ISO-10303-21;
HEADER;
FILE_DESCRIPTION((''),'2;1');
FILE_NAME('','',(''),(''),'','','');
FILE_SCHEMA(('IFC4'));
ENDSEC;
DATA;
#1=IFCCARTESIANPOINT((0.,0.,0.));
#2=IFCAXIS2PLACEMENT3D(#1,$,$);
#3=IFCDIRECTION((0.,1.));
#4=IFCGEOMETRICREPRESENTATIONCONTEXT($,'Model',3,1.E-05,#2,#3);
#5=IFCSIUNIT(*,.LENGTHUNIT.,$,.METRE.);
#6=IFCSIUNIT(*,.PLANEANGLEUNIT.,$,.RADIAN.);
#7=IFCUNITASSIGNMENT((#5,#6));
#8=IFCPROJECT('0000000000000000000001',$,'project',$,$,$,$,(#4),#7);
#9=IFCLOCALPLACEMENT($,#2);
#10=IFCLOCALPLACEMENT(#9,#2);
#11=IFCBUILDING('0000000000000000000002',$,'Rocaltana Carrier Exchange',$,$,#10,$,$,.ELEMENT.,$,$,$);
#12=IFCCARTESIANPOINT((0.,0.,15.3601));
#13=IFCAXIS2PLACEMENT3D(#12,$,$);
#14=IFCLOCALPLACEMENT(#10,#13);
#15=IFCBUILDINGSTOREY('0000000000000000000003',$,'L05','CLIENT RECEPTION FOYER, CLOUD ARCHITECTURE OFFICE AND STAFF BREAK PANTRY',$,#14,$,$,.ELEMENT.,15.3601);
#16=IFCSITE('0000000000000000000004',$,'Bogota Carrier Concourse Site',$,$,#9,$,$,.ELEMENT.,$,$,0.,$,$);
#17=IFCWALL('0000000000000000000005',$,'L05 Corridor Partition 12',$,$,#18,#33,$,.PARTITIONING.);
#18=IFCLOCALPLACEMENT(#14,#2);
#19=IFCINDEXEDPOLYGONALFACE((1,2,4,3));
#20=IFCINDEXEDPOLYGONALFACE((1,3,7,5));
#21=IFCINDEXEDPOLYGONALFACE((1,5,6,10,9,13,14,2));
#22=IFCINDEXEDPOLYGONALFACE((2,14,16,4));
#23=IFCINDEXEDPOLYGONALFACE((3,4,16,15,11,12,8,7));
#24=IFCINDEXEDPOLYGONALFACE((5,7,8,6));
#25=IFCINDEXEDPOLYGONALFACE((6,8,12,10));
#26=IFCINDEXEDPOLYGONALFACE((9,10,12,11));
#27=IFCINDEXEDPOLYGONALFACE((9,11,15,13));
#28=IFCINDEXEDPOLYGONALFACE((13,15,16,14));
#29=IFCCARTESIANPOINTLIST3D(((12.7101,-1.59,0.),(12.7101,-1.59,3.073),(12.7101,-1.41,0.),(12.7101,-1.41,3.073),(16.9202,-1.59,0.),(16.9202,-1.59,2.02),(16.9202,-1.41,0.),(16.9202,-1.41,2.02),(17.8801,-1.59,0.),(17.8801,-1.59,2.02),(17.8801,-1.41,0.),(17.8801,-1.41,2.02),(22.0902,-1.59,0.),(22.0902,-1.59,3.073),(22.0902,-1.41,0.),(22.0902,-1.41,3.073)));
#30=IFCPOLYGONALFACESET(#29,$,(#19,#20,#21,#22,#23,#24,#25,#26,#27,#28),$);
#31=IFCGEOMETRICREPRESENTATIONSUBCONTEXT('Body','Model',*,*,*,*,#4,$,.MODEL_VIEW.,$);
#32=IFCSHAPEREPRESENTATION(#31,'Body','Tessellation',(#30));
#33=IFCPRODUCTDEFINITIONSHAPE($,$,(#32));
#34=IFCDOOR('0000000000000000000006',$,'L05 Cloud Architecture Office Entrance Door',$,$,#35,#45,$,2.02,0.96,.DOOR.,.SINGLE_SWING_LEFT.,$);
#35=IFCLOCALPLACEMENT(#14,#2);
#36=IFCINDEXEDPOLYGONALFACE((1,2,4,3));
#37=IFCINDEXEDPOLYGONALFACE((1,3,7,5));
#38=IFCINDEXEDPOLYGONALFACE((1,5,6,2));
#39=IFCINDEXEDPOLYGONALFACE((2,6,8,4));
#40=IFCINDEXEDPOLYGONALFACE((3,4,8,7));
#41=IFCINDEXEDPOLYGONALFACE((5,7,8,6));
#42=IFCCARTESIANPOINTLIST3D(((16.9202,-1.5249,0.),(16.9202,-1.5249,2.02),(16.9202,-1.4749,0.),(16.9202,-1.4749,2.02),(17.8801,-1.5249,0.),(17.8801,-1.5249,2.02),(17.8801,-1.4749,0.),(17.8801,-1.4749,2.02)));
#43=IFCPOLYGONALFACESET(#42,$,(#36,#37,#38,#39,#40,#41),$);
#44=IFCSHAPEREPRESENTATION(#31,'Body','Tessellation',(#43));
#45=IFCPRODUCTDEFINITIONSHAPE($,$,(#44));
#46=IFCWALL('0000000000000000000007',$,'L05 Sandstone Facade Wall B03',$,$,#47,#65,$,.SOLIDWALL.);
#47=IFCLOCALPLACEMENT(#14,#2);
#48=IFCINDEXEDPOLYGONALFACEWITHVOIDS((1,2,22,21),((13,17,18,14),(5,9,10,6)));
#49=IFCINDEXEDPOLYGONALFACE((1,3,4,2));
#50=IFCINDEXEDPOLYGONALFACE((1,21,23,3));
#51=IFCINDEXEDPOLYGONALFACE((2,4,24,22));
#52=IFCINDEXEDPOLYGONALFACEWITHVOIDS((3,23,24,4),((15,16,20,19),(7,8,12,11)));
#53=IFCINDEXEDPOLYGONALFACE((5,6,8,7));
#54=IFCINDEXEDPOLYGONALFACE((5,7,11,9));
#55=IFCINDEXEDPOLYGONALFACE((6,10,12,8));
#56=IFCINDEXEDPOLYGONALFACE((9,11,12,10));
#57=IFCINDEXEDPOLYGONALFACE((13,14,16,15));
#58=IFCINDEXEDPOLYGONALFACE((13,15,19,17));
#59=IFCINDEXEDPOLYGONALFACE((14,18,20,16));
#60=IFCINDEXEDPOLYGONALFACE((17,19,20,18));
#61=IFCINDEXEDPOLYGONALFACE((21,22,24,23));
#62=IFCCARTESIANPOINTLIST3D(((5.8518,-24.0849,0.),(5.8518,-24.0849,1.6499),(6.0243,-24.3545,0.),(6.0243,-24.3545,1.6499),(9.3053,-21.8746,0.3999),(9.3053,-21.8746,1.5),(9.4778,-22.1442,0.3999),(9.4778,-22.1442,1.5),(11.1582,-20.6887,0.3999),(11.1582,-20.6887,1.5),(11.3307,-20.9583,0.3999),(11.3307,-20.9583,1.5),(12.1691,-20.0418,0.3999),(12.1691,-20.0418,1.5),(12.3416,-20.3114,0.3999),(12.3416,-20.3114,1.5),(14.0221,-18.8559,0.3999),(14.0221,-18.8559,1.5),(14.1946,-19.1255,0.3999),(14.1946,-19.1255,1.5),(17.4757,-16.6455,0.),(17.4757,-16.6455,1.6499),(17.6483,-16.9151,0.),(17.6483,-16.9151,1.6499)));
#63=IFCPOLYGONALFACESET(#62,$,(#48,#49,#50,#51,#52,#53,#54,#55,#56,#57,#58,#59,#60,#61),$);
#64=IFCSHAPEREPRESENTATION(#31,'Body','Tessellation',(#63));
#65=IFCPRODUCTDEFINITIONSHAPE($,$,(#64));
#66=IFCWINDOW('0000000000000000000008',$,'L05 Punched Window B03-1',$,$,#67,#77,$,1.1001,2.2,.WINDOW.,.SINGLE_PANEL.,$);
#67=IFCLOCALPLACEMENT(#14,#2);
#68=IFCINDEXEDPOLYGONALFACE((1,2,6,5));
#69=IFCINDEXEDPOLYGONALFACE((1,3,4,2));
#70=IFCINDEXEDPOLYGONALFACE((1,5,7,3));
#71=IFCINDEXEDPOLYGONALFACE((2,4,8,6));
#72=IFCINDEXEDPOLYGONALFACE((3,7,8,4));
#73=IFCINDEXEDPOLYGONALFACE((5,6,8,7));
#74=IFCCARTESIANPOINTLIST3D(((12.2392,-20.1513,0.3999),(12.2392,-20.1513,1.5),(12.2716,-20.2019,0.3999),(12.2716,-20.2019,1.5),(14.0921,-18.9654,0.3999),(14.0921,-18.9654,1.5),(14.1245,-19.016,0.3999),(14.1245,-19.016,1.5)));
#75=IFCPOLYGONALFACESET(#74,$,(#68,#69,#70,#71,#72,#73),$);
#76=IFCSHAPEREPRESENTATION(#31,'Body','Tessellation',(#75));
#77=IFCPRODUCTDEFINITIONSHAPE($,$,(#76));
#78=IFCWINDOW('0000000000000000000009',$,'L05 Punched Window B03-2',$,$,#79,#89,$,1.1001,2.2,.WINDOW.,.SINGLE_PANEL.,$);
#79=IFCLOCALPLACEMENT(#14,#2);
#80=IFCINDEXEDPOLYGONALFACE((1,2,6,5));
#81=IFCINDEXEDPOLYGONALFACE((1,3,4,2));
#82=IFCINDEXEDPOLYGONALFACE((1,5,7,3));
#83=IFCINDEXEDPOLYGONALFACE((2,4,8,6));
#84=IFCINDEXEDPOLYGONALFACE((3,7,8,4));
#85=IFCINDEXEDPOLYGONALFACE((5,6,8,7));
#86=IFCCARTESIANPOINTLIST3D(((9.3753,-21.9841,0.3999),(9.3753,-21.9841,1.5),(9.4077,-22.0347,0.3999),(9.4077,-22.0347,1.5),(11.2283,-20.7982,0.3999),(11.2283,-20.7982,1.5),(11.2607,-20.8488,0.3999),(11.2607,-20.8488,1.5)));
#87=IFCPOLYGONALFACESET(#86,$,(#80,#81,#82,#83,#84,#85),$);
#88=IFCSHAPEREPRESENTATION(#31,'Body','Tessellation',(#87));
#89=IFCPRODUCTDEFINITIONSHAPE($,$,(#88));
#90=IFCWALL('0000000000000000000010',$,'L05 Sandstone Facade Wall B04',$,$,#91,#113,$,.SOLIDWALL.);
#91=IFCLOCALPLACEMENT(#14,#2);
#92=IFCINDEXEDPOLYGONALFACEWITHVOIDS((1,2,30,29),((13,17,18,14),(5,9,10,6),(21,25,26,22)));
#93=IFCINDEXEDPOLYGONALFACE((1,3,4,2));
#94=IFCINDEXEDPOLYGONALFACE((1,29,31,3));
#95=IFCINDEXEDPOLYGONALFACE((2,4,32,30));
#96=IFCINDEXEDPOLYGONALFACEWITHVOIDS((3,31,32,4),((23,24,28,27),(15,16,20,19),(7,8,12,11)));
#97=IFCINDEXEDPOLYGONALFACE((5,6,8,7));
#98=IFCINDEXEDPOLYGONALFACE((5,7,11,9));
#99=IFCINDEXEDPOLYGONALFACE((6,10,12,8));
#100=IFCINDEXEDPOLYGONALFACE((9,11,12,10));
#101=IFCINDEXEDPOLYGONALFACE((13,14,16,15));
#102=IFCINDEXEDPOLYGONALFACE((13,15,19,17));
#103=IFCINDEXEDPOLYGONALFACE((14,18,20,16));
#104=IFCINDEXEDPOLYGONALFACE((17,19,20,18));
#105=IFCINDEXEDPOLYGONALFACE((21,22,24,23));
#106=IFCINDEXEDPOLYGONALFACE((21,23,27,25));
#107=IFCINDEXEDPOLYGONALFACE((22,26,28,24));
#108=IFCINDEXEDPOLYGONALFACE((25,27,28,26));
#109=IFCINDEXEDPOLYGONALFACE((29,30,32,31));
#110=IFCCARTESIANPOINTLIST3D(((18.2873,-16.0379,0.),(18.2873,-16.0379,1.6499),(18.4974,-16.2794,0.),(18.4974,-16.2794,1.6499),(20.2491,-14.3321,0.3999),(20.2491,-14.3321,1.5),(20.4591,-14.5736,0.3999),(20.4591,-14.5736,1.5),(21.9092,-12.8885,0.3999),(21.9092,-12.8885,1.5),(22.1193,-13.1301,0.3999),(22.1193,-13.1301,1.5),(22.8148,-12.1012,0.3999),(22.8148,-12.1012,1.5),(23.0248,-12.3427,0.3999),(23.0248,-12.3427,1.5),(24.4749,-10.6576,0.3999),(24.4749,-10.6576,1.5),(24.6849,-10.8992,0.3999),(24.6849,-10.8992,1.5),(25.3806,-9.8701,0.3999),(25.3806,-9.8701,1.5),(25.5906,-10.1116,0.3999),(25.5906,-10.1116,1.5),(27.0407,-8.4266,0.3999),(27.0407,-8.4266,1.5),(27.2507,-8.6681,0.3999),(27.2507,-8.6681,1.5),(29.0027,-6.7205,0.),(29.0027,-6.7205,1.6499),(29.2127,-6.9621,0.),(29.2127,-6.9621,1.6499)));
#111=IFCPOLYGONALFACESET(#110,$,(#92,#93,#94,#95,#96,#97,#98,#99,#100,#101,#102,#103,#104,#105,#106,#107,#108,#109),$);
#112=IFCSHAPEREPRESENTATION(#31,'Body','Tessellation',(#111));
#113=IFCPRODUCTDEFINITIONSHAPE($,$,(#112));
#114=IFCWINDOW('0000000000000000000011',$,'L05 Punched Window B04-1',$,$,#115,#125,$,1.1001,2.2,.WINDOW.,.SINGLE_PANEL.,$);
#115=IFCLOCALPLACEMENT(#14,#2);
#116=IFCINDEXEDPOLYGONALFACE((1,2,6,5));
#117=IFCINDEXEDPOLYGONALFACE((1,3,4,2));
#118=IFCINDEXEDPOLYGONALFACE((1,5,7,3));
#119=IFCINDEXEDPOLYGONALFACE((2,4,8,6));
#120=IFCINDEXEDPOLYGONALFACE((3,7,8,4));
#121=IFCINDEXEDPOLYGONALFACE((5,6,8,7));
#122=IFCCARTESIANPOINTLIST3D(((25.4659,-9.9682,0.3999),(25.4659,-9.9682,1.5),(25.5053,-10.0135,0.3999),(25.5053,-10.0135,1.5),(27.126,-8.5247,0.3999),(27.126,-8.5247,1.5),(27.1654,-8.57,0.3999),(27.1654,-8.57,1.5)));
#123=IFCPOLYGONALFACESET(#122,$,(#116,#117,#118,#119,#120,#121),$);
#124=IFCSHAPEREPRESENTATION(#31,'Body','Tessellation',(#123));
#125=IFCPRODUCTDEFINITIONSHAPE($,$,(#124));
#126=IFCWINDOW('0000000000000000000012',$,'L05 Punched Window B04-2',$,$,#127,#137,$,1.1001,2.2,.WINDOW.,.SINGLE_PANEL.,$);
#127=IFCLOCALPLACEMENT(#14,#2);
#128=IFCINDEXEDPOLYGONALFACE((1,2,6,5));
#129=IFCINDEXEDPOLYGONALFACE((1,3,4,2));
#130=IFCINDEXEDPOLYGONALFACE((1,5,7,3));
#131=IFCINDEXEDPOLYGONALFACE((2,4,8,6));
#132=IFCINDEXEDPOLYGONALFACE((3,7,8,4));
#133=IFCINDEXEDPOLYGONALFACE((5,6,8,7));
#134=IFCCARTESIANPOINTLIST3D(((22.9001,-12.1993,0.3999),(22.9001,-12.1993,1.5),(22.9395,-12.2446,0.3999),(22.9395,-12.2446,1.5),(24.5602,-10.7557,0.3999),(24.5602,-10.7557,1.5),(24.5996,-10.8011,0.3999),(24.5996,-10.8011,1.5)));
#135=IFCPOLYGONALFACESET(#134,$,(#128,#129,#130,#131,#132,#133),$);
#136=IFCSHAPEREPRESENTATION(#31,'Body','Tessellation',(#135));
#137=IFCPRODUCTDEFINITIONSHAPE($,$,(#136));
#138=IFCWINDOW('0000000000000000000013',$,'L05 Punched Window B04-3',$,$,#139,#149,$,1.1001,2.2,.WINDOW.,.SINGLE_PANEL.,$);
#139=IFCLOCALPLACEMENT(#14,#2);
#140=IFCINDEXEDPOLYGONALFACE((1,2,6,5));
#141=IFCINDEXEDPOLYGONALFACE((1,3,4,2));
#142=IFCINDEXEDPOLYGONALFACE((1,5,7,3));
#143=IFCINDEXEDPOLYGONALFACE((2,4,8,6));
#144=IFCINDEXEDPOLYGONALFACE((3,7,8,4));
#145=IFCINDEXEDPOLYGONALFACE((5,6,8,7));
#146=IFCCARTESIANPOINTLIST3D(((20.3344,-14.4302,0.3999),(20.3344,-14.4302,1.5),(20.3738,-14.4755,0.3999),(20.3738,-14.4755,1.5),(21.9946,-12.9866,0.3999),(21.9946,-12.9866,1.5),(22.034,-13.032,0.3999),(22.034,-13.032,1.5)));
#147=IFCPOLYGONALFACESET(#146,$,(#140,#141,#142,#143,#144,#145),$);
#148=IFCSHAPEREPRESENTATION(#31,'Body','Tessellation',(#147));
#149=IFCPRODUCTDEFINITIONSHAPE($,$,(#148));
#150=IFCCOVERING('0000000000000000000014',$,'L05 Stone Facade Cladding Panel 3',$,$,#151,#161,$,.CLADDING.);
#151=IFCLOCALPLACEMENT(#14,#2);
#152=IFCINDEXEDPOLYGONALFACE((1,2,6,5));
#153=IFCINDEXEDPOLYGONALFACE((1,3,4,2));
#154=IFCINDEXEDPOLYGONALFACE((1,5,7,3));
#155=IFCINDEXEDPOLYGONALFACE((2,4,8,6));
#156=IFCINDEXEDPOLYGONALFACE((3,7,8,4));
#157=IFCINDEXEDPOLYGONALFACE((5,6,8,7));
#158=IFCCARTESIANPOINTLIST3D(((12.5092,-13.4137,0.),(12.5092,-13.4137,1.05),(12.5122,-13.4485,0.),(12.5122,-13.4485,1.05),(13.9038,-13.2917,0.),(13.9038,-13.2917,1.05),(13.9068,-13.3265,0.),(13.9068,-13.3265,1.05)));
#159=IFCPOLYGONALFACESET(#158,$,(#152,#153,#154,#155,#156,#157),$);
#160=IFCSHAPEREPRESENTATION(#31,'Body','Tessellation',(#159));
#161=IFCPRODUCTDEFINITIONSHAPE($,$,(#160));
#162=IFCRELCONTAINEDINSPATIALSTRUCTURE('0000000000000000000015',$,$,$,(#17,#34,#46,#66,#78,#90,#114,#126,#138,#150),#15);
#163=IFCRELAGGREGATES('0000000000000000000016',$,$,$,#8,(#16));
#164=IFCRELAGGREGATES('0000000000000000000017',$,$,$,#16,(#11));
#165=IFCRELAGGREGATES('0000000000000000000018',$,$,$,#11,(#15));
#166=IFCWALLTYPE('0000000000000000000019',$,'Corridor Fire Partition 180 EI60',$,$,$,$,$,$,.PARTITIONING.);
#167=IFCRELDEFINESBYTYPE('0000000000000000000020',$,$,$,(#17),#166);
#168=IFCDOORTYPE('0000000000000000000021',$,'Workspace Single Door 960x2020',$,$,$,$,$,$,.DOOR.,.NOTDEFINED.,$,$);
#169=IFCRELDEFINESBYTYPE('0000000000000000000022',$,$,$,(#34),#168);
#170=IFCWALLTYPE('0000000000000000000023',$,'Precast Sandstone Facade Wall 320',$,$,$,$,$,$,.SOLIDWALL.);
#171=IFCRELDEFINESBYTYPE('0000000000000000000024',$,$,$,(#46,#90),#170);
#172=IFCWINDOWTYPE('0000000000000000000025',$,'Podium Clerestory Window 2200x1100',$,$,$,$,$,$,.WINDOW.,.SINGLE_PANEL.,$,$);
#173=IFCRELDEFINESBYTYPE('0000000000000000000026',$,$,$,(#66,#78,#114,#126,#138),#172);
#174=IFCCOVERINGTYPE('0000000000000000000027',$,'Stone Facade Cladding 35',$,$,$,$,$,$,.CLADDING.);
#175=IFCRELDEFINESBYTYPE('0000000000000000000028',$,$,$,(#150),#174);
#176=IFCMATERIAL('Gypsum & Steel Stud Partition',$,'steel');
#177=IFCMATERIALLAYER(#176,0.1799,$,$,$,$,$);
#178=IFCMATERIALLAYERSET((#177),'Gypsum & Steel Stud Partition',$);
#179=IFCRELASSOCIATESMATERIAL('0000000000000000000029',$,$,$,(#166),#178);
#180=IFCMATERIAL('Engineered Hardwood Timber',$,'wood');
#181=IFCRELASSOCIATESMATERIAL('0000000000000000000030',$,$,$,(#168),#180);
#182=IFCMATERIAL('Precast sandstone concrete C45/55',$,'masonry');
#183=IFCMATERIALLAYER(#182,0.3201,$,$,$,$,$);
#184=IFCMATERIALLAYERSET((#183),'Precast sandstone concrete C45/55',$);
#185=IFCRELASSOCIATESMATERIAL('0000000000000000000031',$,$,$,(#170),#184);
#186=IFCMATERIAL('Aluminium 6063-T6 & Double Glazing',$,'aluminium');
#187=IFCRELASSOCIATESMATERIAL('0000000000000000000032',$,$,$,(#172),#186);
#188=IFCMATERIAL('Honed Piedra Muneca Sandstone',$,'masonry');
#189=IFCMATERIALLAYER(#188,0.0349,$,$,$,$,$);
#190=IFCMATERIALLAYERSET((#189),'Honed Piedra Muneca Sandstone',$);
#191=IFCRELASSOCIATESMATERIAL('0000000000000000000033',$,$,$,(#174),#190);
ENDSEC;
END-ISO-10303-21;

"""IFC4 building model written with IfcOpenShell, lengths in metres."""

from ifc_helpers import new_model, si_unit, direction, frame, frame_2d, origin, origin_2d, place, context, subcontext, project, spatial, rectangle, extrude, material, layer, layer_set, type_object, element, fill, save


model = new_model("IFC4")

# Units and contexts
model_context = context("Model", 3, precision=1e-05, world=origin(), true_north=direction((0.0, 1.0)))
body_context = subcontext(model_context, "Body", "Model", "MODEL_VIEW")
ifc_project = project(units=[si_unit("LENGTHUNIT", "METRE"), si_unit("PLANEANGLEUNIT", "RADIAN")], contexts=[model_context])

# Site, building, storey
site_placement = place(None, origin())
site = spatial("IfcSite", under=ifc_project, at=site_placement, Name="Bogota Carrier Concourse Site", CompositionType="ELEMENT", RefElevation=0.0)
building_placement = place(site_placement, origin())
building = spatial("IfcBuilding", under=site, at=building_placement, Name="Rocaltana Carrier Exchange", CompositionType="ELEMENT")
storey_placement = place(building_placement, frame((0.0, 0.0, 15.3601)))
storey = spatial("IfcBuildingStorey", under=building, at=storey_placement, Name="L05", Description="CLIENT RECEPTION FOYER, CLOUD ARCHITECTURE OFFICE AND STAFF BREAK PANTRY", CompositionType="ELEMENT", Elevation=15.3601)

# Wall, opening, door
ifc_material_1 = material(Name="Gypsum & Steel Stud Partition", Category="steel")
ifc_layer_1 = layer(ifc_material_1, 0.1799)
ifc_layer_set_1 = layer_set([ifc_layer_1], Name="Gypsum & Steel Stud Partition")
wall_type_1 = type_object("IfcWallType", Name="Corridor Fire Partition 180 EI60", PredefinedType="PARTITIONING", material=ifc_layer_set_1)
wall_1_placement = place(storey_placement, frame((22.0901, -1.5, 0.0), z_axis=(0.0, 0.0, 1.0), x_axis=(-1.0, 0.0, 0.0)))
wall_1 = element("IfcWall", 1, at=wall_1_placement, inside=storey, type_object=wall_type_1, Name="L05 Corridor Partition 12", PredefinedType="PARTITIONING", context=body_context, shape_type="SweptSolid", body=[
    extrude(rectangle(XDim=9.3801, YDim=0.1799, at=frame_2d((4.6899, 0.0))), origin(), (0.0, 0.0, 1.0), 3.073),
])
opening_1_placement = place(wall_1_placement, frame((4.21, 0.0, 0.0)))
opening_1 = element("IfcOpeningElement", 2, at=opening_1_placement, cuts=wall_1, PredefinedType="OPENING", context=body_context, shape_type="SweptSolid", body=[
    extrude(rectangle(XDim=0.96, YDim=2.02, at=frame_2d((0.48, 1.01))), frame((0.0, 0.0999, 0.0), z_axis=(0.0, -1.0, 0.0), x_axis=(1.0, 0.0, 0.0)), (0.0, 0.0, 1.0), 0.2),
])
ifc_material_2 = material(Name="Engineered Hardwood Timber", Category="wood")
door_type = type_object("IfcDoorType", Name="Workspace Single Door 960x2020", OperationType="NOTDEFINED", PredefinedType="DOOR", material=ifc_material_2)
door_placement = place(opening_1_placement, origin())
door = element("IfcDoor", 3, at=door_placement, inside=storey, type_object=door_type, Name="L05 Cloud Architecture Office Entrance Door", OperationType="SINGLE_SWING_LEFT", OverallHeight=2.02, OverallWidth=0.96, PredefinedType="DOOR", context=body_context, shape_type="SweptSolid", body=[
    extrude(rectangle(XDim=0.96, YDim=2.02, at=frame_2d((0.48, 1.01))), frame((0.0, 0.0249, 0.0), z_axis=(0.0, -1.0, 0.0), x_axis=(1.0, 0.0, 0.0)), (0.0, 0.0, 1.0), 0.05),
])
fill(opening_1, door)

# Walls, openings, windows
ifc_material_3 = material(Name="Precast sandstone concrete C45/55", Category="masonry")
ifc_layer_2 = layer(ifc_material_3, 0.3201)
ifc_layer_set_2 = layer_set([ifc_layer_2], Name="Precast sandstone concrete C45/55")
wall_type_2 = type_object("IfcWallType", Name="Precast Sandstone Facade Wall 320", PredefinedType="SOLIDWALL", material=ifc_layer_set_2)
wall_2_placement = place(storey_placement, frame((17.562, -16.7803, 0.0), z_axis=(0.0, 0.0, 1.0), x_axis=(-0.842269, -0.539058, 0.0)))
wall_2 = element("IfcWall", 4, at=wall_2_placement, inside=storey, type_object=wall_type_2, Name="L05 Sandstone Facade Wall B03", PredefinedType="SOLIDWALL", context=body_context, shape_type="SweptSolid", body=[
    extrude(rectangle(XDim=13.8008, YDim=0.3201, at=frame_2d((6.9004, 0.0))), origin(), (0.0, 0.0, 1.0), 1.6499),
])
opening_2_placement = place(wall_2_placement, frame((4.1003, 0.0, 0.3999)))
opening_2 = element("IfcOpeningElement", 5, at=opening_2_placement, cuts=wall_2, PredefinedType="OPENING", context=body_context, shape_type="SweptSolid", body=[
    extrude(rectangle(XDim=2.2, YDim=1.1001, at=frame_2d((1.1001, 0.55))), frame((0.0, 0.1699, 0.0), z_axis=(0.0, -1.0, 0.0), x_axis=(1.0, 0.0, 0.0)), (0.0, 0.0, 1.0), 0.3401),
])
opening_3_placement = place(wall_2_placement, frame((7.5005, 0.0, 0.3999)))
opening_3 = element("IfcOpeningElement", 6, at=opening_3_placement, cuts=wall_2, PredefinedType="OPENING", context=body_context, shape_type="SweptSolid", body=[
    extrude(rectangle(XDim=2.2, YDim=1.1001, at=frame_2d((1.1001, 0.55))), frame((0.0, 0.1699, 0.0), z_axis=(0.0, -1.0, 0.0), x_axis=(1.0, 0.0, 0.0)), (0.0, 0.0, 1.0), 0.3401),
])
ifc_material_4 = material(Name="Aluminium 6063-T6 & Double Glazing", Category="aluminium")
window_type = type_object("IfcWindowType", Name="Podium Clerestory Window 2200x1100", PartitioningType="SINGLE_PANEL", PredefinedType="WINDOW", material=ifc_material_4)
window_1_placement = place(opening_2_placement, origin())
window_1 = element("IfcWindow", 7, at=window_1_placement, inside=storey, type_object=window_type, Name="L05 Punched Window B03-1", OverallHeight=1.1001, OverallWidth=2.2, PartitioningType="SINGLE_PANEL", PredefinedType="WINDOW", context=body_context, shape_type="SweptSolid", body=[
    extrude(rectangle(XDim=2.2, YDim=1.1001, at=frame_2d((1.1001, 0.55))), frame((0.0, 0.03, 0.0), z_axis=(0.0, -1.0, 0.0), x_axis=(1.0, 0.0, 0.0)), (0.0, 0.0, 1.0), 0.0601),
])
fill(opening_2, window_1)
window_2_placement = place(opening_3_placement, origin())
window_2 = element("IfcWindow", 8, at=window_2_placement, inside=storey, type_object=window_type, Name="L05 Punched Window B03-2", OverallHeight=1.1001, OverallWidth=2.2, PartitioningType="SINGLE_PANEL", PredefinedType="WINDOW", context=body_context, shape_type="SweptSolid", body=[
    extrude(rectangle(XDim=2.2, YDim=1.1001, at=frame_2d((1.1001, 0.55))), frame((0.0, 0.03, 0.0), z_axis=(0.0, -1.0, 0.0), x_axis=(1.0, 0.0, 0.0)), (0.0, 0.0, 1.0), 0.0601),
])
fill(opening_3, window_2)
wall_3_placement = place(storey_placement, frame((29.1077, -6.8413, 0.0), z_axis=(0.0, 0.0, 1.0), x_axis=(-0.754616, -0.656167, 0.0)))
wall_3 = element("IfcWall", 9, at=wall_3_placement, inside=storey, type_object=wall_type_2, Name="L05 Sandstone Facade Wall B04", PredefinedType="SOLIDWALL", context=body_context, shape_type="SweptSolid", body=[
    extrude(rectangle(XDim=14.1997, YDim=0.3201, at=frame_2d((7.0999, 0.0))), origin(), (0.0, 0.0, 1.0), 1.6499),
])
opening_4_placement = place(wall_3_placement, frame((2.5999, 0.0, 0.3999)))
opening_4 = element("IfcOpeningElement", 10, at=opening_4_placement, cuts=wall_3, PredefinedType="OPENING", context=body_context, shape_type="SweptSolid", body=[
    extrude(rectangle(XDim=2.2, YDim=1.1001, at=frame_2d((1.1001, 0.55))), frame((0.0, 0.1699, 0.0), z_axis=(0.0, -1.0, 0.0), x_axis=(1.0, 0.0, 0.0)), (0.0, 0.0, 1.0), 0.3401),
])
opening_5_placement = place(wall_3_placement, frame((6.0, 0.0, 0.3999)))
opening_5 = element("IfcOpeningElement", 11, at=opening_5_placement, cuts=wall_3, PredefinedType="OPENING", context=body_context, shape_type="SweptSolid", body=[
    extrude(rectangle(XDim=2.2, YDim=1.1001, at=frame_2d((1.1001, 0.55))), frame((0.0, 0.1699, 0.0), z_axis=(0.0, -1.0, 0.0), x_axis=(1.0, 0.0, 0.0)), (0.0, 0.0, 1.0), 0.3401),
])
opening_6_placement = place(wall_3_placement, frame((9.3999, 0.0, 0.3999)))
opening_6 = element("IfcOpeningElement", 12, at=opening_6_placement, cuts=wall_3, PredefinedType="OPENING", context=body_context, shape_type="SweptSolid", body=[
    extrude(rectangle(XDim=2.2, YDim=1.1001, at=frame_2d((1.1001, 0.55))), frame((0.0, 0.1699, 0.0), z_axis=(0.0, -1.0, 0.0), x_axis=(1.0, 0.0, 0.0)), (0.0, 0.0, 1.0), 0.3401),
])
window_3_placement = place(opening_4_placement, origin())
window_3 = element("IfcWindow", 13, at=window_3_placement, inside=storey, type_object=window_type, Name="L05 Punched Window B04-1", OverallHeight=1.1001, OverallWidth=2.2, PartitioningType="SINGLE_PANEL", PredefinedType="WINDOW", context=body_context, shape_type="SweptSolid", body=[
    extrude(rectangle(XDim=2.2, YDim=1.1001, at=frame_2d((1.1001, 0.55))), frame((0.0, 0.03, 0.0), z_axis=(0.0, -1.0, 0.0), x_axis=(1.0, 0.0, 0.0)), (0.0, 0.0, 1.0), 0.0601),
])
fill(opening_4, window_3)
window_4_placement = place(opening_5_placement, origin())
window_4 = element("IfcWindow", 14, at=window_4_placement, inside=storey, type_object=window_type, Name="L05 Punched Window B04-2", OverallHeight=1.1001, OverallWidth=2.2, PartitioningType="SINGLE_PANEL", PredefinedType="WINDOW", context=body_context, shape_type="SweptSolid", body=[
    extrude(rectangle(XDim=2.2, YDim=1.1001, at=frame_2d((1.1001, 0.55))), frame((0.0, 0.03, 0.0), z_axis=(0.0, -1.0, 0.0), x_axis=(1.0, 0.0, 0.0)), (0.0, 0.0, 1.0), 0.0601),
])
fill(opening_5, window_4)
window_5_placement = place(opening_6_placement, origin())
window_5 = element("IfcWindow", 15, at=window_5_placement, inside=storey, type_object=window_type, Name="L05 Punched Window B04-3", OverallHeight=1.1001, OverallWidth=2.2, PartitioningType="SINGLE_PANEL", PredefinedType="WINDOW", context=body_context, shape_type="SweptSolid", body=[
    extrude(rectangle(XDim=2.2, YDim=1.1001, at=frame_2d((1.1001, 0.55))), frame((0.0, 0.03, 0.0), z_axis=(0.0, -1.0, 0.0), x_axis=(1.0, 0.0, 0.0)), (0.0, 0.0, 1.0), 0.0601),
])
fill(opening_6, window_5)

# Covering
ifc_material_5 = material(Name="Honed Piedra Muneca Sandstone", Category="masonry")
ifc_layer_3 = layer(ifc_material_5, 0.0349)
ifc_layer_set_3 = layer_set([ifc_layer_3], Name="Honed Piedra Muneca Sandstone")
covering_type = type_object("IfcCoveringType", Name="Stone Facade Cladding 35", PredefinedType="CLADDING", material=ifc_layer_set_3)
covering_placement = place(storey_placement, frame((13.208, -13.3701, 0.0), z_axis=(0.0, 0.0, 1.0), x_axis=(0.996195, 0.087156, 0.0)))
element("IfcCovering", 16, at=covering_placement, inside=storey, type_object=covering_type, Name="L05 Stone Facade Cladding Panel 3", PredefinedType="CLADDING", context=body_context, shape_type="SweptSolid", body=[
    extrude(rectangle(XDim=1.3999, YDim=0.0349, at=origin_2d()), origin(), (0.0, 0.0, 1.0), 1.05),
])

save(model, "model.ifc")
